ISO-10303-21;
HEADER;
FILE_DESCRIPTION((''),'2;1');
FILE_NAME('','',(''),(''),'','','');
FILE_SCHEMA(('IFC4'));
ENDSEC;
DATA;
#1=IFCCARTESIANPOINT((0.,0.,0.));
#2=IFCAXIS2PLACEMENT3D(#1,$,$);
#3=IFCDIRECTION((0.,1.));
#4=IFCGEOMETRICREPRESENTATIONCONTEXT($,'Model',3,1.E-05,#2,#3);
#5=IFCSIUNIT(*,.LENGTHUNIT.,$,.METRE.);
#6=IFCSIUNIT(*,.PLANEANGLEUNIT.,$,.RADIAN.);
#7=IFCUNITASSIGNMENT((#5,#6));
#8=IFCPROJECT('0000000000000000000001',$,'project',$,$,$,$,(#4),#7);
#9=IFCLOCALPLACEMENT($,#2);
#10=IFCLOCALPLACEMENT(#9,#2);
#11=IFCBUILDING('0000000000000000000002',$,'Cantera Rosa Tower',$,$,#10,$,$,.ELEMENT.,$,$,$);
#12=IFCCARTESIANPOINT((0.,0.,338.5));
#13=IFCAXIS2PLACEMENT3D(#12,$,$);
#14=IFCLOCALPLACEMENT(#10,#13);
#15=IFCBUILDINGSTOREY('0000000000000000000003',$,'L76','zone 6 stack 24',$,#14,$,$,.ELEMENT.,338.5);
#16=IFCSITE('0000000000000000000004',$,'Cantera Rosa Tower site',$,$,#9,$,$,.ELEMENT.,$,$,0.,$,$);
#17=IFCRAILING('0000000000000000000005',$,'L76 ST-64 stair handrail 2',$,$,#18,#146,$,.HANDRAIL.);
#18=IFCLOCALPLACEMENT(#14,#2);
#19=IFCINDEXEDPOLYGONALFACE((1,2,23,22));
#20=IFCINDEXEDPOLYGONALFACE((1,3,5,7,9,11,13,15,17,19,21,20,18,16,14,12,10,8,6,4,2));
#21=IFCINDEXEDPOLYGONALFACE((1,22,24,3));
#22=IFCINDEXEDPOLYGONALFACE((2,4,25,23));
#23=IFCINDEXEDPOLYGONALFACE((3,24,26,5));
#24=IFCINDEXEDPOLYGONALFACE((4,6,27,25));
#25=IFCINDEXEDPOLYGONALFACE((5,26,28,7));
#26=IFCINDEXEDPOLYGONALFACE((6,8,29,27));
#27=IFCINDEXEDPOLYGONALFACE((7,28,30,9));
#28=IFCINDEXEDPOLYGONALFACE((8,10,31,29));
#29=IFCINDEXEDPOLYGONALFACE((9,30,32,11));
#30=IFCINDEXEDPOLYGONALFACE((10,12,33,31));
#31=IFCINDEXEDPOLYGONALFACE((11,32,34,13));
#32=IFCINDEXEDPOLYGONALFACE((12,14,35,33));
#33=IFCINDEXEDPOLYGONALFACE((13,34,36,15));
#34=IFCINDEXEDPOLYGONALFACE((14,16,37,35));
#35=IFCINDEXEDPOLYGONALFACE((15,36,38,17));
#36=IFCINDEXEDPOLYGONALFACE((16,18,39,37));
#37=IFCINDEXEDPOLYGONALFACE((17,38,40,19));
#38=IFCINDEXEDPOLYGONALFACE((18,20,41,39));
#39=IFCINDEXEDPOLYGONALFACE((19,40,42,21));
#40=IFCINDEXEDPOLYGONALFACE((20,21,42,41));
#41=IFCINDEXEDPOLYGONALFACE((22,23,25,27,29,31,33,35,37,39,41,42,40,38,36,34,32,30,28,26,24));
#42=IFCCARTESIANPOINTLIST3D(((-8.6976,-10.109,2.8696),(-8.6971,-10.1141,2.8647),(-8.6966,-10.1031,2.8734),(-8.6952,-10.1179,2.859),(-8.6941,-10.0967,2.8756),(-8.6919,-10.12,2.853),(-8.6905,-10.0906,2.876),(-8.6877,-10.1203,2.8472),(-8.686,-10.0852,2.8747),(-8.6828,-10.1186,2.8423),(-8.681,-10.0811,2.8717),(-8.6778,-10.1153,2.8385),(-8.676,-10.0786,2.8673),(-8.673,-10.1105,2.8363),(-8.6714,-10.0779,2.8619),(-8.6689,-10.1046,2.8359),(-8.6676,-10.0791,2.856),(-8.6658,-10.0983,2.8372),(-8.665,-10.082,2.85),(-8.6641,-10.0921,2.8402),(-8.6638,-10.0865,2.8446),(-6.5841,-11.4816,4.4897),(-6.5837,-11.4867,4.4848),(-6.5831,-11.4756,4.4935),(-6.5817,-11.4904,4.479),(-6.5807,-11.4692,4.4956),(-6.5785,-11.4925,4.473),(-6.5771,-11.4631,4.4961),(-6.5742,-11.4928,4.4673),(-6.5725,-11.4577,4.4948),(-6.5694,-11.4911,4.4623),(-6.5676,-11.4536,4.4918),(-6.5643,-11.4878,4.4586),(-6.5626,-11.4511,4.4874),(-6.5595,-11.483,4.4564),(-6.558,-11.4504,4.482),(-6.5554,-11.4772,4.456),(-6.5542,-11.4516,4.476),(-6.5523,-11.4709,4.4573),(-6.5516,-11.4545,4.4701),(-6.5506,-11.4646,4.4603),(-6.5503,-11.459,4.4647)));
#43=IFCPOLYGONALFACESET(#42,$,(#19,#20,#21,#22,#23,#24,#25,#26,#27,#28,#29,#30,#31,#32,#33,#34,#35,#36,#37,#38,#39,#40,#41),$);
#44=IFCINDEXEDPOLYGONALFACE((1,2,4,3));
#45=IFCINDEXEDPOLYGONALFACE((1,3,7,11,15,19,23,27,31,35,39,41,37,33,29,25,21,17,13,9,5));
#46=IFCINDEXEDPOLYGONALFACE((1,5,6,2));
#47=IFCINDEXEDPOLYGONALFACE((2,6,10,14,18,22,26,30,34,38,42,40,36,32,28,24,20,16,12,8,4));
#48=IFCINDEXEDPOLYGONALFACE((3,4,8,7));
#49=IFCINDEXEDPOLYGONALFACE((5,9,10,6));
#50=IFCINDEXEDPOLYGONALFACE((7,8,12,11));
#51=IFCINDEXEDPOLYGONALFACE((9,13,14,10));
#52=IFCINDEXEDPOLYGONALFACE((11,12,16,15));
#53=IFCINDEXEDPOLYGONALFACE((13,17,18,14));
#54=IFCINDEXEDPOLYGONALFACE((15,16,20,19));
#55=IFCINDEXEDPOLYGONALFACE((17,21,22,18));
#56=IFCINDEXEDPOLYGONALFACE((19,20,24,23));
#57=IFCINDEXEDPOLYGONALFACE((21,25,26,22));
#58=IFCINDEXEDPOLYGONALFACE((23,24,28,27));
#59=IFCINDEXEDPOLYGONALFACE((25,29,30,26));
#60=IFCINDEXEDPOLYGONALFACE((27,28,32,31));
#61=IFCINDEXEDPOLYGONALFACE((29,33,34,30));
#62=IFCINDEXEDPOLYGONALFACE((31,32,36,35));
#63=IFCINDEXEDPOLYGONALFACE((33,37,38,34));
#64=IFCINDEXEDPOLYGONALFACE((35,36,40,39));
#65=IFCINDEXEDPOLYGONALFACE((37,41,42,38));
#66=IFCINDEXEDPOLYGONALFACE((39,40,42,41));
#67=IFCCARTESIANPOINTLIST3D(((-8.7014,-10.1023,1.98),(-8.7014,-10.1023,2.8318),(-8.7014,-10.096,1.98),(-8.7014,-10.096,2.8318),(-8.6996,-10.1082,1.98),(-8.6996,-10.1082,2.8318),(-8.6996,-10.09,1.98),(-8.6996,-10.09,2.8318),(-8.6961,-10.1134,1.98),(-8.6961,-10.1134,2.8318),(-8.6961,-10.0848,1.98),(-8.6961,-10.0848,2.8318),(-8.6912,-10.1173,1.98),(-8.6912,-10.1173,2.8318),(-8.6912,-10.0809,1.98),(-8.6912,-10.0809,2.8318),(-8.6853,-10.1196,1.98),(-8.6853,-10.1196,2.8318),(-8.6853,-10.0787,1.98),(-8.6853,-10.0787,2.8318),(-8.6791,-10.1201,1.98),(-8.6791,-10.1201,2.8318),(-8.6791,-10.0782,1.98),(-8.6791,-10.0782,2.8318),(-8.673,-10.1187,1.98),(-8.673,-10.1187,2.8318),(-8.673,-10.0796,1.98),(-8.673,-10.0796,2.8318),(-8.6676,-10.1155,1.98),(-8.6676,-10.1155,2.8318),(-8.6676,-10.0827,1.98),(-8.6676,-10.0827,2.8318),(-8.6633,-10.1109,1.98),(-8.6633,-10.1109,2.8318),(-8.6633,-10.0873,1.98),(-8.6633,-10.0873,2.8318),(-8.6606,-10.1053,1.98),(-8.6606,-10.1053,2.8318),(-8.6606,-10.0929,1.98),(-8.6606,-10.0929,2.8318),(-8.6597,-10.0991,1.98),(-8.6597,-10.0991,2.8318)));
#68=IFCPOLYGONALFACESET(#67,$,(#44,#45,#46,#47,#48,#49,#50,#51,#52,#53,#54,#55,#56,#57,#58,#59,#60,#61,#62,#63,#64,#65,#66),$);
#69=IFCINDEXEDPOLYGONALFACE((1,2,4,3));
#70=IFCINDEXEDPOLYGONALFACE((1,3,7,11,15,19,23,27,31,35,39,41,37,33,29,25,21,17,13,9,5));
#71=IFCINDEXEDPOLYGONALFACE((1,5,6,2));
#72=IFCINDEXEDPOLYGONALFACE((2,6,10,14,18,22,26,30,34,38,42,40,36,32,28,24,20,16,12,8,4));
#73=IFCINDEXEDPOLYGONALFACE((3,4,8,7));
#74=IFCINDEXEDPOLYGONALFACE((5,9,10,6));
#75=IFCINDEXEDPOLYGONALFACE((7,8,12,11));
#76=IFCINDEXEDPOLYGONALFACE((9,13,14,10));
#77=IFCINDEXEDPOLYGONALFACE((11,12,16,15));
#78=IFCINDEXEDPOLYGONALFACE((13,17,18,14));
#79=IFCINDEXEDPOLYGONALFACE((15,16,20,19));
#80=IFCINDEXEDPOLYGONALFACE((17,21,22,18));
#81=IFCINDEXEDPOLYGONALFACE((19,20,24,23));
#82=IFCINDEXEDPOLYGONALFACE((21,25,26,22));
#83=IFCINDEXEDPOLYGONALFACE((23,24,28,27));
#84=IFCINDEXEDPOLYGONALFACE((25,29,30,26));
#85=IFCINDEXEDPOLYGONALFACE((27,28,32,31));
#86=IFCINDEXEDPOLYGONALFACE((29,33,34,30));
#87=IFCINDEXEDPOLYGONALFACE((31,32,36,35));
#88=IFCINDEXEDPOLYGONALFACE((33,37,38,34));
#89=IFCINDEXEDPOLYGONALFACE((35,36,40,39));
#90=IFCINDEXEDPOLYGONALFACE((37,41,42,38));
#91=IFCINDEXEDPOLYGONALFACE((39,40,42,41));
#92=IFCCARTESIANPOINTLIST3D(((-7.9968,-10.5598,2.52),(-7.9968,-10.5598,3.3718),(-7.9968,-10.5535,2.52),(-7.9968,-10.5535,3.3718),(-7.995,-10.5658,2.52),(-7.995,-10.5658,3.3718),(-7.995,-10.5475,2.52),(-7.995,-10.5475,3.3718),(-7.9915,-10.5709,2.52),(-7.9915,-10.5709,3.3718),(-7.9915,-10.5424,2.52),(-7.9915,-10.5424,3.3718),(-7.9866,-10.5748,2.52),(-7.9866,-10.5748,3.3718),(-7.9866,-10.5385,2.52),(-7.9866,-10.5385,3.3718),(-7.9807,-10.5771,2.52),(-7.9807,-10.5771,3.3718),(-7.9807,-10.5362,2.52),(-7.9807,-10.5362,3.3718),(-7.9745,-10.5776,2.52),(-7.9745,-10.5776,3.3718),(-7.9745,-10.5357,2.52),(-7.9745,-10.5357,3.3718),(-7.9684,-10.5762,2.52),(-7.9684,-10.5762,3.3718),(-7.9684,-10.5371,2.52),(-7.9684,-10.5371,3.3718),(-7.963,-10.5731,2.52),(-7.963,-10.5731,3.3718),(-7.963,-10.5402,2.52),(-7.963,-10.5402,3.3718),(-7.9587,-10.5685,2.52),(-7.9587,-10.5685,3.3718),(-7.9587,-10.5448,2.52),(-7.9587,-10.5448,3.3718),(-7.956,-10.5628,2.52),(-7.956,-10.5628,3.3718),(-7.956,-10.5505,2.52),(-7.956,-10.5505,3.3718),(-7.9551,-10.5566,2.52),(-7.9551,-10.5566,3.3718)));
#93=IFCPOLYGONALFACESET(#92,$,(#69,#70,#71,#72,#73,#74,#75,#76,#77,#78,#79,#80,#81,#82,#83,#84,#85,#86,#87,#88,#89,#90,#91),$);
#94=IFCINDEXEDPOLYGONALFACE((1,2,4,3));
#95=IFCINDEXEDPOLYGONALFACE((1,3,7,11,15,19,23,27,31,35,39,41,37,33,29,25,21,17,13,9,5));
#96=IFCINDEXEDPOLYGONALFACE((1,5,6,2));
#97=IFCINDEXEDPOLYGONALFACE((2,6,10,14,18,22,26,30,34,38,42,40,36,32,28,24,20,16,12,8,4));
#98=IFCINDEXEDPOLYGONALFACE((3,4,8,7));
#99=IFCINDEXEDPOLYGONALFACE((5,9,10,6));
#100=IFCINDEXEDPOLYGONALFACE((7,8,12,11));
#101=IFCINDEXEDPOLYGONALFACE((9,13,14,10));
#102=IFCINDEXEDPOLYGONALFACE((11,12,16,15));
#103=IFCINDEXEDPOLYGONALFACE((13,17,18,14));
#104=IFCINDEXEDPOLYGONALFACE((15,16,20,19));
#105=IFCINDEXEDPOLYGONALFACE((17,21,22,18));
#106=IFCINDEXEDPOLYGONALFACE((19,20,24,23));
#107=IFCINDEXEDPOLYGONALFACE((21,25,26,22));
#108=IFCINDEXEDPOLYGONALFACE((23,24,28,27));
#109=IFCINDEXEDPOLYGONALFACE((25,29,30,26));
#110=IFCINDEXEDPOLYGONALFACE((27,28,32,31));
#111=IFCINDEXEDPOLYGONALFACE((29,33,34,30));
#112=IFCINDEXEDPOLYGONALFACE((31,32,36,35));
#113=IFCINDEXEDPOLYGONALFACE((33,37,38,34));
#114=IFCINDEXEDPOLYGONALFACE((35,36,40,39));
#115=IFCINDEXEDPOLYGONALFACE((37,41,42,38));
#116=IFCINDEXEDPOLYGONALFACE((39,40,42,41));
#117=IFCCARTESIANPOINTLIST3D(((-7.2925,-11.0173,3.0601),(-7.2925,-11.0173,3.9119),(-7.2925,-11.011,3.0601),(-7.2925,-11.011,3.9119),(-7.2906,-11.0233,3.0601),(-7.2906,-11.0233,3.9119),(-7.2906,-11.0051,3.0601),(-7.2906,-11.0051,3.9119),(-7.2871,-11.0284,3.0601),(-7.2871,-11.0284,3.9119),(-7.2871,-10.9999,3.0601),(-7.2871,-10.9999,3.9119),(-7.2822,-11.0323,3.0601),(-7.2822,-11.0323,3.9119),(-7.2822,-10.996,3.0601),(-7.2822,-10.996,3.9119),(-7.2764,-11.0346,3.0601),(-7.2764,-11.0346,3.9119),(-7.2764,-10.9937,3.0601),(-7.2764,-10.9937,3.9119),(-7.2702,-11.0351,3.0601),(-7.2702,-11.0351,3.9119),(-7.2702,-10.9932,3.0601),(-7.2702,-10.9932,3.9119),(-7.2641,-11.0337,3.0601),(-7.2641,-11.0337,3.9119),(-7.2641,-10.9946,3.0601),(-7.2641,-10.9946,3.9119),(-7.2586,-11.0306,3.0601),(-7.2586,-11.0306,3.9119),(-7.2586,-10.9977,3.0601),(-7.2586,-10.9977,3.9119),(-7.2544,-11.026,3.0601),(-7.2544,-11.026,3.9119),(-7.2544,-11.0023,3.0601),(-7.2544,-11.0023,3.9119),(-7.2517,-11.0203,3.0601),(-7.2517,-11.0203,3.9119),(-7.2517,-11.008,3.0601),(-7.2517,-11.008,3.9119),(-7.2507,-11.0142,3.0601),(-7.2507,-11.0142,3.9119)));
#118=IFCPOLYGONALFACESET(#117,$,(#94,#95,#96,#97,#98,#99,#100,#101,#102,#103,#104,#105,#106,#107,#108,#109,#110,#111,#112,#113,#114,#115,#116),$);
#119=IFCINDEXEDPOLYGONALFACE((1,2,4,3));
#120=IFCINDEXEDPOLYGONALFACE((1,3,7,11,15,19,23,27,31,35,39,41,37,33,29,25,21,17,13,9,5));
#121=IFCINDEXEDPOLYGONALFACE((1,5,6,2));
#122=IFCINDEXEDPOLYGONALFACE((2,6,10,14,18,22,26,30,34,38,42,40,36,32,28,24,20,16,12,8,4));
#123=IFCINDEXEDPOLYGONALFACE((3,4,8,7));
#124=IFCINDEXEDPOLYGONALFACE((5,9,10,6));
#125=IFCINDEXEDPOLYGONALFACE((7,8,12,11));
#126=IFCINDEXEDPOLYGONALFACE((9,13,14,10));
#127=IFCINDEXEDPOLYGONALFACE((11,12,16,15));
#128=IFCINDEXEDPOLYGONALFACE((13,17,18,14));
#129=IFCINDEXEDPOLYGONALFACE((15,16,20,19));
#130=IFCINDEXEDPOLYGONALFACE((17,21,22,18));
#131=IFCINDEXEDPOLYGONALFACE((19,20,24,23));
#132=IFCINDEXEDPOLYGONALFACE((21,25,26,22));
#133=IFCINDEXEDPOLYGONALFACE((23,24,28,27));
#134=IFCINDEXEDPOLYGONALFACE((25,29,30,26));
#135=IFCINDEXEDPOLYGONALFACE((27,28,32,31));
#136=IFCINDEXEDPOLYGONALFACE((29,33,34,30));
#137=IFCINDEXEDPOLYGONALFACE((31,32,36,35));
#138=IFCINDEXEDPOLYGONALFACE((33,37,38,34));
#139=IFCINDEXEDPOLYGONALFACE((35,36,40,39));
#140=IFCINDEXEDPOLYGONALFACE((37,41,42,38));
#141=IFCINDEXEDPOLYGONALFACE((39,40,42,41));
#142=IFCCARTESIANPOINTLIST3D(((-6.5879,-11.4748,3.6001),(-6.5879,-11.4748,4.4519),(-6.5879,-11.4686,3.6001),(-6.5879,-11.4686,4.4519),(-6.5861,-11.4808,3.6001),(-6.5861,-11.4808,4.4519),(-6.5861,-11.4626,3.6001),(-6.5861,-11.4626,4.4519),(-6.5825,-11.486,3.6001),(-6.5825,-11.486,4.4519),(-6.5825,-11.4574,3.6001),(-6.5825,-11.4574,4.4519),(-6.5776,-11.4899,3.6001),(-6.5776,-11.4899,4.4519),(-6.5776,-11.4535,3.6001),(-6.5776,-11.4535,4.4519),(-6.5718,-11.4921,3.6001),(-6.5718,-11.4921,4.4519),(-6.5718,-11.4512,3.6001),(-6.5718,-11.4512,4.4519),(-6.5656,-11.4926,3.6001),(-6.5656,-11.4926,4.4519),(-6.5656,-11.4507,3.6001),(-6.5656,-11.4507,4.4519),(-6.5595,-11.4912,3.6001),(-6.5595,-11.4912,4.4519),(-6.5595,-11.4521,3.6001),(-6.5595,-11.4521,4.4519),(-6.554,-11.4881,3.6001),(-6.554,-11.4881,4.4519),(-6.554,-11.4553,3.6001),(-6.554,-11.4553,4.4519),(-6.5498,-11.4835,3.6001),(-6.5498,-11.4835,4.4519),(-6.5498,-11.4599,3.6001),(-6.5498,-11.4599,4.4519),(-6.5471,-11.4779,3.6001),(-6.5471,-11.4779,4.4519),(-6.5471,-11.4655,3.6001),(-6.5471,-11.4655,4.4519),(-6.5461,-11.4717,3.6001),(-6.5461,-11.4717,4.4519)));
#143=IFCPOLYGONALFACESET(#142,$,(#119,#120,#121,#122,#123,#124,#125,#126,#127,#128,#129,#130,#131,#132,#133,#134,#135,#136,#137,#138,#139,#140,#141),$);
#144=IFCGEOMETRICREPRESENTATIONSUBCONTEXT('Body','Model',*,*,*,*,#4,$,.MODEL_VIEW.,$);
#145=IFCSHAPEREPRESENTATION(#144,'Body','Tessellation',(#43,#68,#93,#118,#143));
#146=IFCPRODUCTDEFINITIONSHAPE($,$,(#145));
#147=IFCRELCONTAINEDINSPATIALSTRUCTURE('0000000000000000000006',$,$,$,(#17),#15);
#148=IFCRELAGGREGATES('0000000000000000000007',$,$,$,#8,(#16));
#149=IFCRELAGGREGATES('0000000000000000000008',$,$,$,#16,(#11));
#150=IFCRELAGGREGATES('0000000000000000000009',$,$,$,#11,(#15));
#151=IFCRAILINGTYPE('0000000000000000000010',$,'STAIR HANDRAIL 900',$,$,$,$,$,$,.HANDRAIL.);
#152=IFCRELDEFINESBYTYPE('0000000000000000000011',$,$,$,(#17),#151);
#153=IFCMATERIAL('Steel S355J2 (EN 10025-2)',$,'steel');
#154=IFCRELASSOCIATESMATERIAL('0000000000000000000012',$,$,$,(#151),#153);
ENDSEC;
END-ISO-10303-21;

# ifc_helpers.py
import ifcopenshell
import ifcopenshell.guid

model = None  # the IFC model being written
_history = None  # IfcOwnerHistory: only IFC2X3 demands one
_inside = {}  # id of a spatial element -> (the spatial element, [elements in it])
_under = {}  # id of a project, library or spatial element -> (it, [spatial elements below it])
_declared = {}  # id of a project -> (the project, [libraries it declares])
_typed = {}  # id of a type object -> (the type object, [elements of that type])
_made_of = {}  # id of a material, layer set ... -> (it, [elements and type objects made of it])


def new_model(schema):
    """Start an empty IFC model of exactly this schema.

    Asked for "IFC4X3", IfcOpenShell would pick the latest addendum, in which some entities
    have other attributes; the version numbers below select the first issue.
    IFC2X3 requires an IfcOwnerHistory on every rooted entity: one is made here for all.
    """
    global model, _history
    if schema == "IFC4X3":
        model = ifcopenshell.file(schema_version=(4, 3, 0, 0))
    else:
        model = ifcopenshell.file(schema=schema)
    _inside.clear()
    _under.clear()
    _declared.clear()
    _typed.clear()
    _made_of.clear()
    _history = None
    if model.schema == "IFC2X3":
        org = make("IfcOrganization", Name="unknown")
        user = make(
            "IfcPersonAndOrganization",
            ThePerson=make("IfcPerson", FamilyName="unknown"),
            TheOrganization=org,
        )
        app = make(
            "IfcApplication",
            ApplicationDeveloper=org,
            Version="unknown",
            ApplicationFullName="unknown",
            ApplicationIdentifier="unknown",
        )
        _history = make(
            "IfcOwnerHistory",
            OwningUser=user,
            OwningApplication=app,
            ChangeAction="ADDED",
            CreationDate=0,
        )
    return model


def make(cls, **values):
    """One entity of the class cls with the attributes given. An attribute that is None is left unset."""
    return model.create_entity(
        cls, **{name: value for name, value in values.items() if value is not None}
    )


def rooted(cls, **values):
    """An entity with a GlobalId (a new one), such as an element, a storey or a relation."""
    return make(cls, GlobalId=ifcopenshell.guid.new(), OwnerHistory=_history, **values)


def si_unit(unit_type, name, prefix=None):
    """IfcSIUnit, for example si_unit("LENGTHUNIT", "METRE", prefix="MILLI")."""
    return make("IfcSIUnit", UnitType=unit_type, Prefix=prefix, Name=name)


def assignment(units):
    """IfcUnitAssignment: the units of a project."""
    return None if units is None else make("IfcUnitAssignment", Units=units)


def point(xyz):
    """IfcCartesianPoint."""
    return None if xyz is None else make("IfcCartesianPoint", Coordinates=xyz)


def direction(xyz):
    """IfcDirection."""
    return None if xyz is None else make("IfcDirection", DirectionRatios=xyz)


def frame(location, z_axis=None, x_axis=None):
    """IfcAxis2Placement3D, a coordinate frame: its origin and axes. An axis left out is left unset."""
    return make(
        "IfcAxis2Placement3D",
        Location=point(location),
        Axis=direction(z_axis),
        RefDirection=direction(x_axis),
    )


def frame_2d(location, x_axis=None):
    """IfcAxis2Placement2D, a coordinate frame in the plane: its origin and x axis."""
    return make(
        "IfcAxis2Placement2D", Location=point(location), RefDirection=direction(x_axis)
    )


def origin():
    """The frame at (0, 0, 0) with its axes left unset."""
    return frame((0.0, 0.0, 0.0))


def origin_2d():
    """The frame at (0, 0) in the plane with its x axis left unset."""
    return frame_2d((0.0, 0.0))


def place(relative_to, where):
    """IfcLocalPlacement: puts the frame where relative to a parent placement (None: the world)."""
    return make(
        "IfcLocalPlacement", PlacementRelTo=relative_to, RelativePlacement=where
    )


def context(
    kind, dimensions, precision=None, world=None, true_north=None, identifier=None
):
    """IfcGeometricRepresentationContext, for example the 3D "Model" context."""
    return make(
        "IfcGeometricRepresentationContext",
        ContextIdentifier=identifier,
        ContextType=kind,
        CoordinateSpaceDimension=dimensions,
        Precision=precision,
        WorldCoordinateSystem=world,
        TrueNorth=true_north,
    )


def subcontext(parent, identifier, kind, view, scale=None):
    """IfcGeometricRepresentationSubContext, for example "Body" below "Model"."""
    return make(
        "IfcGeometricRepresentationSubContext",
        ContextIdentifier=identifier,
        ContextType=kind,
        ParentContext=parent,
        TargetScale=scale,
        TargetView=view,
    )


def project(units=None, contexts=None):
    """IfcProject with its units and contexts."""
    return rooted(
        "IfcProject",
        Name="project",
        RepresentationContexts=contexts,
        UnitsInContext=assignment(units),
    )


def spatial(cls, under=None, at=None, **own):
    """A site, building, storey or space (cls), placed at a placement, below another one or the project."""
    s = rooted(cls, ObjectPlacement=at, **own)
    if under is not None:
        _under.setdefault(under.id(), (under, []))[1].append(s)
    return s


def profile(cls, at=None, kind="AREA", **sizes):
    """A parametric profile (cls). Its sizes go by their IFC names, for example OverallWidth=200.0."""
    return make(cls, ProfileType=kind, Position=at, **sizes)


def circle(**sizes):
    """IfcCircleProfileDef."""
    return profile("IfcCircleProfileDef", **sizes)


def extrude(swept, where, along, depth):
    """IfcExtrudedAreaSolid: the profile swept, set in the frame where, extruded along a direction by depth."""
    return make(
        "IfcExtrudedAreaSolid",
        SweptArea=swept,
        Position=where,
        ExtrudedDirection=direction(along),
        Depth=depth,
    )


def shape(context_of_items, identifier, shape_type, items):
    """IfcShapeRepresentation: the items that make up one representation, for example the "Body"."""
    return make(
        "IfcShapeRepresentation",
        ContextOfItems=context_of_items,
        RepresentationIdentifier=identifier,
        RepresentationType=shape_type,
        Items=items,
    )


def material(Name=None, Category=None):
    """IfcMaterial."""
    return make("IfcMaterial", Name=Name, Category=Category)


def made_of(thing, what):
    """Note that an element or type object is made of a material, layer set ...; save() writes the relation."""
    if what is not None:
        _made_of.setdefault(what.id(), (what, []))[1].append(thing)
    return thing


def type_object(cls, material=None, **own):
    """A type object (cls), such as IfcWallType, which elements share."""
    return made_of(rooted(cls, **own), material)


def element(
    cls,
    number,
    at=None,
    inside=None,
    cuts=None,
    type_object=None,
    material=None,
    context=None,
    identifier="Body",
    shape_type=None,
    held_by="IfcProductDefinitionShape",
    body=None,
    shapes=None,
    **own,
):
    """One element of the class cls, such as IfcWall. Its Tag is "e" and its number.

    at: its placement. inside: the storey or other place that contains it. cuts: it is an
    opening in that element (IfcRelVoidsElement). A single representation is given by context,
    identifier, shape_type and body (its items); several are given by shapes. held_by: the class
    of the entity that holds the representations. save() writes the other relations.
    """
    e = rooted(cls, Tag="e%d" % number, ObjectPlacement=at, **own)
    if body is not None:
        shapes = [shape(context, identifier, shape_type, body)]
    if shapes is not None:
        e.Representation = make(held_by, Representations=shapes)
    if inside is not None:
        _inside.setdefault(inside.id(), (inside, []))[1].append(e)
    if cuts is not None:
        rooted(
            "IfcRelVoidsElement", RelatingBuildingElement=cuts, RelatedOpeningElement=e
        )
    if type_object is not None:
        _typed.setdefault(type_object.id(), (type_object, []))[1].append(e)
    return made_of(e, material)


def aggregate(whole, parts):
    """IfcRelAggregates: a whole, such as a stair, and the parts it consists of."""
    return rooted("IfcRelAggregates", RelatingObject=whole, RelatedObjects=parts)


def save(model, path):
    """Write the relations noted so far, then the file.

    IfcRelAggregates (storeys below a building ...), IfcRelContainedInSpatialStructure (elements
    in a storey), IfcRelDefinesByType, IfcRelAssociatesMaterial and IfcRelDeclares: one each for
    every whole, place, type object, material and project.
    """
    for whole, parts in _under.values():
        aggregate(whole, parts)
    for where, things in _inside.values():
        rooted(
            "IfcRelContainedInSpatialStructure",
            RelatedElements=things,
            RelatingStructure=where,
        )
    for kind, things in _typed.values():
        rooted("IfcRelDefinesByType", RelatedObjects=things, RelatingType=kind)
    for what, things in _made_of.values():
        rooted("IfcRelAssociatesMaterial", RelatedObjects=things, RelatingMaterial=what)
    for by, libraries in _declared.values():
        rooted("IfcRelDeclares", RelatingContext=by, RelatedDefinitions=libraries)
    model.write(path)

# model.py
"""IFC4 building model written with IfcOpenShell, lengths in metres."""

from ifc_helpers import new_model, si_unit, direction, frame, origin, origin_2d, place, context, subcontext, project, spatial, circle, extrude, material, type_object, element, save


model = new_model("IFC4")

# Units and contexts
model_context = context("Model", 3, precision=1e-05, world=origin(), true_north=direction((0.0, 1.0)))
body_context = subcontext(model_context, "Body", "Model", "MODEL_VIEW")
ifc_project = project(units=[si_unit("LENGTHUNIT", "METRE"), si_unit("PLANEANGLEUNIT", "RADIAN")], contexts=[model_context])

# Site, building, storey
site_placement = place(None, origin())
site = spatial("IfcSite", under=ifc_project, at=site_placement, Name="Cantera Rosa Tower site", CompositionType="ELEMENT", RefElevation=0.0)
building_placement = place(site_placement, origin())
building = spatial("IfcBuilding", under=site, at=building_placement, Name="Cantera Rosa Tower", CompositionType="ELEMENT")
storey_placement = place(building_placement, frame((0.0, 0.0, 338.5)))
storey = spatial("IfcBuildingStorey", under=building, at=storey_placement, Name="L76", Description="zone 6 stack 24", CompositionType="ELEMENT", Elevation=338.5)

# Railing
ifc_material_1 = material(Name="Steel S355J2 (EN 10025-2)", Category="steel")
railing_type_1 = type_object("IfcRailingType", Name="STAIR HANDRAIL 900", PredefinedType="HANDRAIL", material=ifc_material_1)
railing_1_placement = place(storey_placement, frame((-8.6807, -10.0991, 1.98)))
element("IfcRailing", 1, at=railing_1_placement, inside=storey, type_object=railing_type_1, Name="L76 ST-64 stair handrail 2", PredefinedType="HANDRAIL", context=body_context, shape_type="SweptSolid", body=[
    extrude(circle(Radius=0.0239, at=origin_2d()), frame((0.0, 0.0, 0.876), z_axis=(0.705462, -0.458139, 0.54077), x_axis=(0.544644, 0.838667, 0.0)), (0.0, 0.0, 1.0), 2.9958),
    extrude(circle(Radius=0.021, at=origin_2d()), origin(), (0.0, 0.0, 1.0), 0.8518),
    extrude(circle(Radius=0.021, at=origin_2d()), frame((0.7046, -0.4575, 0.54)), (0.0, 0.0, 1.0), 0.8518),
    extrude(circle(Radius=0.021, at=origin_2d()), frame((1.4089, -0.915, 1.0801)), (0.0, 0.0, 1.0), 0.8518),
    extrude(circle(Radius=0.021, at=origin_2d()), frame((2.1135, -1.3726, 1.6201)), (0.0, 0.0, 1.0), 0.8518),
])

save(model, "model.ifc")
